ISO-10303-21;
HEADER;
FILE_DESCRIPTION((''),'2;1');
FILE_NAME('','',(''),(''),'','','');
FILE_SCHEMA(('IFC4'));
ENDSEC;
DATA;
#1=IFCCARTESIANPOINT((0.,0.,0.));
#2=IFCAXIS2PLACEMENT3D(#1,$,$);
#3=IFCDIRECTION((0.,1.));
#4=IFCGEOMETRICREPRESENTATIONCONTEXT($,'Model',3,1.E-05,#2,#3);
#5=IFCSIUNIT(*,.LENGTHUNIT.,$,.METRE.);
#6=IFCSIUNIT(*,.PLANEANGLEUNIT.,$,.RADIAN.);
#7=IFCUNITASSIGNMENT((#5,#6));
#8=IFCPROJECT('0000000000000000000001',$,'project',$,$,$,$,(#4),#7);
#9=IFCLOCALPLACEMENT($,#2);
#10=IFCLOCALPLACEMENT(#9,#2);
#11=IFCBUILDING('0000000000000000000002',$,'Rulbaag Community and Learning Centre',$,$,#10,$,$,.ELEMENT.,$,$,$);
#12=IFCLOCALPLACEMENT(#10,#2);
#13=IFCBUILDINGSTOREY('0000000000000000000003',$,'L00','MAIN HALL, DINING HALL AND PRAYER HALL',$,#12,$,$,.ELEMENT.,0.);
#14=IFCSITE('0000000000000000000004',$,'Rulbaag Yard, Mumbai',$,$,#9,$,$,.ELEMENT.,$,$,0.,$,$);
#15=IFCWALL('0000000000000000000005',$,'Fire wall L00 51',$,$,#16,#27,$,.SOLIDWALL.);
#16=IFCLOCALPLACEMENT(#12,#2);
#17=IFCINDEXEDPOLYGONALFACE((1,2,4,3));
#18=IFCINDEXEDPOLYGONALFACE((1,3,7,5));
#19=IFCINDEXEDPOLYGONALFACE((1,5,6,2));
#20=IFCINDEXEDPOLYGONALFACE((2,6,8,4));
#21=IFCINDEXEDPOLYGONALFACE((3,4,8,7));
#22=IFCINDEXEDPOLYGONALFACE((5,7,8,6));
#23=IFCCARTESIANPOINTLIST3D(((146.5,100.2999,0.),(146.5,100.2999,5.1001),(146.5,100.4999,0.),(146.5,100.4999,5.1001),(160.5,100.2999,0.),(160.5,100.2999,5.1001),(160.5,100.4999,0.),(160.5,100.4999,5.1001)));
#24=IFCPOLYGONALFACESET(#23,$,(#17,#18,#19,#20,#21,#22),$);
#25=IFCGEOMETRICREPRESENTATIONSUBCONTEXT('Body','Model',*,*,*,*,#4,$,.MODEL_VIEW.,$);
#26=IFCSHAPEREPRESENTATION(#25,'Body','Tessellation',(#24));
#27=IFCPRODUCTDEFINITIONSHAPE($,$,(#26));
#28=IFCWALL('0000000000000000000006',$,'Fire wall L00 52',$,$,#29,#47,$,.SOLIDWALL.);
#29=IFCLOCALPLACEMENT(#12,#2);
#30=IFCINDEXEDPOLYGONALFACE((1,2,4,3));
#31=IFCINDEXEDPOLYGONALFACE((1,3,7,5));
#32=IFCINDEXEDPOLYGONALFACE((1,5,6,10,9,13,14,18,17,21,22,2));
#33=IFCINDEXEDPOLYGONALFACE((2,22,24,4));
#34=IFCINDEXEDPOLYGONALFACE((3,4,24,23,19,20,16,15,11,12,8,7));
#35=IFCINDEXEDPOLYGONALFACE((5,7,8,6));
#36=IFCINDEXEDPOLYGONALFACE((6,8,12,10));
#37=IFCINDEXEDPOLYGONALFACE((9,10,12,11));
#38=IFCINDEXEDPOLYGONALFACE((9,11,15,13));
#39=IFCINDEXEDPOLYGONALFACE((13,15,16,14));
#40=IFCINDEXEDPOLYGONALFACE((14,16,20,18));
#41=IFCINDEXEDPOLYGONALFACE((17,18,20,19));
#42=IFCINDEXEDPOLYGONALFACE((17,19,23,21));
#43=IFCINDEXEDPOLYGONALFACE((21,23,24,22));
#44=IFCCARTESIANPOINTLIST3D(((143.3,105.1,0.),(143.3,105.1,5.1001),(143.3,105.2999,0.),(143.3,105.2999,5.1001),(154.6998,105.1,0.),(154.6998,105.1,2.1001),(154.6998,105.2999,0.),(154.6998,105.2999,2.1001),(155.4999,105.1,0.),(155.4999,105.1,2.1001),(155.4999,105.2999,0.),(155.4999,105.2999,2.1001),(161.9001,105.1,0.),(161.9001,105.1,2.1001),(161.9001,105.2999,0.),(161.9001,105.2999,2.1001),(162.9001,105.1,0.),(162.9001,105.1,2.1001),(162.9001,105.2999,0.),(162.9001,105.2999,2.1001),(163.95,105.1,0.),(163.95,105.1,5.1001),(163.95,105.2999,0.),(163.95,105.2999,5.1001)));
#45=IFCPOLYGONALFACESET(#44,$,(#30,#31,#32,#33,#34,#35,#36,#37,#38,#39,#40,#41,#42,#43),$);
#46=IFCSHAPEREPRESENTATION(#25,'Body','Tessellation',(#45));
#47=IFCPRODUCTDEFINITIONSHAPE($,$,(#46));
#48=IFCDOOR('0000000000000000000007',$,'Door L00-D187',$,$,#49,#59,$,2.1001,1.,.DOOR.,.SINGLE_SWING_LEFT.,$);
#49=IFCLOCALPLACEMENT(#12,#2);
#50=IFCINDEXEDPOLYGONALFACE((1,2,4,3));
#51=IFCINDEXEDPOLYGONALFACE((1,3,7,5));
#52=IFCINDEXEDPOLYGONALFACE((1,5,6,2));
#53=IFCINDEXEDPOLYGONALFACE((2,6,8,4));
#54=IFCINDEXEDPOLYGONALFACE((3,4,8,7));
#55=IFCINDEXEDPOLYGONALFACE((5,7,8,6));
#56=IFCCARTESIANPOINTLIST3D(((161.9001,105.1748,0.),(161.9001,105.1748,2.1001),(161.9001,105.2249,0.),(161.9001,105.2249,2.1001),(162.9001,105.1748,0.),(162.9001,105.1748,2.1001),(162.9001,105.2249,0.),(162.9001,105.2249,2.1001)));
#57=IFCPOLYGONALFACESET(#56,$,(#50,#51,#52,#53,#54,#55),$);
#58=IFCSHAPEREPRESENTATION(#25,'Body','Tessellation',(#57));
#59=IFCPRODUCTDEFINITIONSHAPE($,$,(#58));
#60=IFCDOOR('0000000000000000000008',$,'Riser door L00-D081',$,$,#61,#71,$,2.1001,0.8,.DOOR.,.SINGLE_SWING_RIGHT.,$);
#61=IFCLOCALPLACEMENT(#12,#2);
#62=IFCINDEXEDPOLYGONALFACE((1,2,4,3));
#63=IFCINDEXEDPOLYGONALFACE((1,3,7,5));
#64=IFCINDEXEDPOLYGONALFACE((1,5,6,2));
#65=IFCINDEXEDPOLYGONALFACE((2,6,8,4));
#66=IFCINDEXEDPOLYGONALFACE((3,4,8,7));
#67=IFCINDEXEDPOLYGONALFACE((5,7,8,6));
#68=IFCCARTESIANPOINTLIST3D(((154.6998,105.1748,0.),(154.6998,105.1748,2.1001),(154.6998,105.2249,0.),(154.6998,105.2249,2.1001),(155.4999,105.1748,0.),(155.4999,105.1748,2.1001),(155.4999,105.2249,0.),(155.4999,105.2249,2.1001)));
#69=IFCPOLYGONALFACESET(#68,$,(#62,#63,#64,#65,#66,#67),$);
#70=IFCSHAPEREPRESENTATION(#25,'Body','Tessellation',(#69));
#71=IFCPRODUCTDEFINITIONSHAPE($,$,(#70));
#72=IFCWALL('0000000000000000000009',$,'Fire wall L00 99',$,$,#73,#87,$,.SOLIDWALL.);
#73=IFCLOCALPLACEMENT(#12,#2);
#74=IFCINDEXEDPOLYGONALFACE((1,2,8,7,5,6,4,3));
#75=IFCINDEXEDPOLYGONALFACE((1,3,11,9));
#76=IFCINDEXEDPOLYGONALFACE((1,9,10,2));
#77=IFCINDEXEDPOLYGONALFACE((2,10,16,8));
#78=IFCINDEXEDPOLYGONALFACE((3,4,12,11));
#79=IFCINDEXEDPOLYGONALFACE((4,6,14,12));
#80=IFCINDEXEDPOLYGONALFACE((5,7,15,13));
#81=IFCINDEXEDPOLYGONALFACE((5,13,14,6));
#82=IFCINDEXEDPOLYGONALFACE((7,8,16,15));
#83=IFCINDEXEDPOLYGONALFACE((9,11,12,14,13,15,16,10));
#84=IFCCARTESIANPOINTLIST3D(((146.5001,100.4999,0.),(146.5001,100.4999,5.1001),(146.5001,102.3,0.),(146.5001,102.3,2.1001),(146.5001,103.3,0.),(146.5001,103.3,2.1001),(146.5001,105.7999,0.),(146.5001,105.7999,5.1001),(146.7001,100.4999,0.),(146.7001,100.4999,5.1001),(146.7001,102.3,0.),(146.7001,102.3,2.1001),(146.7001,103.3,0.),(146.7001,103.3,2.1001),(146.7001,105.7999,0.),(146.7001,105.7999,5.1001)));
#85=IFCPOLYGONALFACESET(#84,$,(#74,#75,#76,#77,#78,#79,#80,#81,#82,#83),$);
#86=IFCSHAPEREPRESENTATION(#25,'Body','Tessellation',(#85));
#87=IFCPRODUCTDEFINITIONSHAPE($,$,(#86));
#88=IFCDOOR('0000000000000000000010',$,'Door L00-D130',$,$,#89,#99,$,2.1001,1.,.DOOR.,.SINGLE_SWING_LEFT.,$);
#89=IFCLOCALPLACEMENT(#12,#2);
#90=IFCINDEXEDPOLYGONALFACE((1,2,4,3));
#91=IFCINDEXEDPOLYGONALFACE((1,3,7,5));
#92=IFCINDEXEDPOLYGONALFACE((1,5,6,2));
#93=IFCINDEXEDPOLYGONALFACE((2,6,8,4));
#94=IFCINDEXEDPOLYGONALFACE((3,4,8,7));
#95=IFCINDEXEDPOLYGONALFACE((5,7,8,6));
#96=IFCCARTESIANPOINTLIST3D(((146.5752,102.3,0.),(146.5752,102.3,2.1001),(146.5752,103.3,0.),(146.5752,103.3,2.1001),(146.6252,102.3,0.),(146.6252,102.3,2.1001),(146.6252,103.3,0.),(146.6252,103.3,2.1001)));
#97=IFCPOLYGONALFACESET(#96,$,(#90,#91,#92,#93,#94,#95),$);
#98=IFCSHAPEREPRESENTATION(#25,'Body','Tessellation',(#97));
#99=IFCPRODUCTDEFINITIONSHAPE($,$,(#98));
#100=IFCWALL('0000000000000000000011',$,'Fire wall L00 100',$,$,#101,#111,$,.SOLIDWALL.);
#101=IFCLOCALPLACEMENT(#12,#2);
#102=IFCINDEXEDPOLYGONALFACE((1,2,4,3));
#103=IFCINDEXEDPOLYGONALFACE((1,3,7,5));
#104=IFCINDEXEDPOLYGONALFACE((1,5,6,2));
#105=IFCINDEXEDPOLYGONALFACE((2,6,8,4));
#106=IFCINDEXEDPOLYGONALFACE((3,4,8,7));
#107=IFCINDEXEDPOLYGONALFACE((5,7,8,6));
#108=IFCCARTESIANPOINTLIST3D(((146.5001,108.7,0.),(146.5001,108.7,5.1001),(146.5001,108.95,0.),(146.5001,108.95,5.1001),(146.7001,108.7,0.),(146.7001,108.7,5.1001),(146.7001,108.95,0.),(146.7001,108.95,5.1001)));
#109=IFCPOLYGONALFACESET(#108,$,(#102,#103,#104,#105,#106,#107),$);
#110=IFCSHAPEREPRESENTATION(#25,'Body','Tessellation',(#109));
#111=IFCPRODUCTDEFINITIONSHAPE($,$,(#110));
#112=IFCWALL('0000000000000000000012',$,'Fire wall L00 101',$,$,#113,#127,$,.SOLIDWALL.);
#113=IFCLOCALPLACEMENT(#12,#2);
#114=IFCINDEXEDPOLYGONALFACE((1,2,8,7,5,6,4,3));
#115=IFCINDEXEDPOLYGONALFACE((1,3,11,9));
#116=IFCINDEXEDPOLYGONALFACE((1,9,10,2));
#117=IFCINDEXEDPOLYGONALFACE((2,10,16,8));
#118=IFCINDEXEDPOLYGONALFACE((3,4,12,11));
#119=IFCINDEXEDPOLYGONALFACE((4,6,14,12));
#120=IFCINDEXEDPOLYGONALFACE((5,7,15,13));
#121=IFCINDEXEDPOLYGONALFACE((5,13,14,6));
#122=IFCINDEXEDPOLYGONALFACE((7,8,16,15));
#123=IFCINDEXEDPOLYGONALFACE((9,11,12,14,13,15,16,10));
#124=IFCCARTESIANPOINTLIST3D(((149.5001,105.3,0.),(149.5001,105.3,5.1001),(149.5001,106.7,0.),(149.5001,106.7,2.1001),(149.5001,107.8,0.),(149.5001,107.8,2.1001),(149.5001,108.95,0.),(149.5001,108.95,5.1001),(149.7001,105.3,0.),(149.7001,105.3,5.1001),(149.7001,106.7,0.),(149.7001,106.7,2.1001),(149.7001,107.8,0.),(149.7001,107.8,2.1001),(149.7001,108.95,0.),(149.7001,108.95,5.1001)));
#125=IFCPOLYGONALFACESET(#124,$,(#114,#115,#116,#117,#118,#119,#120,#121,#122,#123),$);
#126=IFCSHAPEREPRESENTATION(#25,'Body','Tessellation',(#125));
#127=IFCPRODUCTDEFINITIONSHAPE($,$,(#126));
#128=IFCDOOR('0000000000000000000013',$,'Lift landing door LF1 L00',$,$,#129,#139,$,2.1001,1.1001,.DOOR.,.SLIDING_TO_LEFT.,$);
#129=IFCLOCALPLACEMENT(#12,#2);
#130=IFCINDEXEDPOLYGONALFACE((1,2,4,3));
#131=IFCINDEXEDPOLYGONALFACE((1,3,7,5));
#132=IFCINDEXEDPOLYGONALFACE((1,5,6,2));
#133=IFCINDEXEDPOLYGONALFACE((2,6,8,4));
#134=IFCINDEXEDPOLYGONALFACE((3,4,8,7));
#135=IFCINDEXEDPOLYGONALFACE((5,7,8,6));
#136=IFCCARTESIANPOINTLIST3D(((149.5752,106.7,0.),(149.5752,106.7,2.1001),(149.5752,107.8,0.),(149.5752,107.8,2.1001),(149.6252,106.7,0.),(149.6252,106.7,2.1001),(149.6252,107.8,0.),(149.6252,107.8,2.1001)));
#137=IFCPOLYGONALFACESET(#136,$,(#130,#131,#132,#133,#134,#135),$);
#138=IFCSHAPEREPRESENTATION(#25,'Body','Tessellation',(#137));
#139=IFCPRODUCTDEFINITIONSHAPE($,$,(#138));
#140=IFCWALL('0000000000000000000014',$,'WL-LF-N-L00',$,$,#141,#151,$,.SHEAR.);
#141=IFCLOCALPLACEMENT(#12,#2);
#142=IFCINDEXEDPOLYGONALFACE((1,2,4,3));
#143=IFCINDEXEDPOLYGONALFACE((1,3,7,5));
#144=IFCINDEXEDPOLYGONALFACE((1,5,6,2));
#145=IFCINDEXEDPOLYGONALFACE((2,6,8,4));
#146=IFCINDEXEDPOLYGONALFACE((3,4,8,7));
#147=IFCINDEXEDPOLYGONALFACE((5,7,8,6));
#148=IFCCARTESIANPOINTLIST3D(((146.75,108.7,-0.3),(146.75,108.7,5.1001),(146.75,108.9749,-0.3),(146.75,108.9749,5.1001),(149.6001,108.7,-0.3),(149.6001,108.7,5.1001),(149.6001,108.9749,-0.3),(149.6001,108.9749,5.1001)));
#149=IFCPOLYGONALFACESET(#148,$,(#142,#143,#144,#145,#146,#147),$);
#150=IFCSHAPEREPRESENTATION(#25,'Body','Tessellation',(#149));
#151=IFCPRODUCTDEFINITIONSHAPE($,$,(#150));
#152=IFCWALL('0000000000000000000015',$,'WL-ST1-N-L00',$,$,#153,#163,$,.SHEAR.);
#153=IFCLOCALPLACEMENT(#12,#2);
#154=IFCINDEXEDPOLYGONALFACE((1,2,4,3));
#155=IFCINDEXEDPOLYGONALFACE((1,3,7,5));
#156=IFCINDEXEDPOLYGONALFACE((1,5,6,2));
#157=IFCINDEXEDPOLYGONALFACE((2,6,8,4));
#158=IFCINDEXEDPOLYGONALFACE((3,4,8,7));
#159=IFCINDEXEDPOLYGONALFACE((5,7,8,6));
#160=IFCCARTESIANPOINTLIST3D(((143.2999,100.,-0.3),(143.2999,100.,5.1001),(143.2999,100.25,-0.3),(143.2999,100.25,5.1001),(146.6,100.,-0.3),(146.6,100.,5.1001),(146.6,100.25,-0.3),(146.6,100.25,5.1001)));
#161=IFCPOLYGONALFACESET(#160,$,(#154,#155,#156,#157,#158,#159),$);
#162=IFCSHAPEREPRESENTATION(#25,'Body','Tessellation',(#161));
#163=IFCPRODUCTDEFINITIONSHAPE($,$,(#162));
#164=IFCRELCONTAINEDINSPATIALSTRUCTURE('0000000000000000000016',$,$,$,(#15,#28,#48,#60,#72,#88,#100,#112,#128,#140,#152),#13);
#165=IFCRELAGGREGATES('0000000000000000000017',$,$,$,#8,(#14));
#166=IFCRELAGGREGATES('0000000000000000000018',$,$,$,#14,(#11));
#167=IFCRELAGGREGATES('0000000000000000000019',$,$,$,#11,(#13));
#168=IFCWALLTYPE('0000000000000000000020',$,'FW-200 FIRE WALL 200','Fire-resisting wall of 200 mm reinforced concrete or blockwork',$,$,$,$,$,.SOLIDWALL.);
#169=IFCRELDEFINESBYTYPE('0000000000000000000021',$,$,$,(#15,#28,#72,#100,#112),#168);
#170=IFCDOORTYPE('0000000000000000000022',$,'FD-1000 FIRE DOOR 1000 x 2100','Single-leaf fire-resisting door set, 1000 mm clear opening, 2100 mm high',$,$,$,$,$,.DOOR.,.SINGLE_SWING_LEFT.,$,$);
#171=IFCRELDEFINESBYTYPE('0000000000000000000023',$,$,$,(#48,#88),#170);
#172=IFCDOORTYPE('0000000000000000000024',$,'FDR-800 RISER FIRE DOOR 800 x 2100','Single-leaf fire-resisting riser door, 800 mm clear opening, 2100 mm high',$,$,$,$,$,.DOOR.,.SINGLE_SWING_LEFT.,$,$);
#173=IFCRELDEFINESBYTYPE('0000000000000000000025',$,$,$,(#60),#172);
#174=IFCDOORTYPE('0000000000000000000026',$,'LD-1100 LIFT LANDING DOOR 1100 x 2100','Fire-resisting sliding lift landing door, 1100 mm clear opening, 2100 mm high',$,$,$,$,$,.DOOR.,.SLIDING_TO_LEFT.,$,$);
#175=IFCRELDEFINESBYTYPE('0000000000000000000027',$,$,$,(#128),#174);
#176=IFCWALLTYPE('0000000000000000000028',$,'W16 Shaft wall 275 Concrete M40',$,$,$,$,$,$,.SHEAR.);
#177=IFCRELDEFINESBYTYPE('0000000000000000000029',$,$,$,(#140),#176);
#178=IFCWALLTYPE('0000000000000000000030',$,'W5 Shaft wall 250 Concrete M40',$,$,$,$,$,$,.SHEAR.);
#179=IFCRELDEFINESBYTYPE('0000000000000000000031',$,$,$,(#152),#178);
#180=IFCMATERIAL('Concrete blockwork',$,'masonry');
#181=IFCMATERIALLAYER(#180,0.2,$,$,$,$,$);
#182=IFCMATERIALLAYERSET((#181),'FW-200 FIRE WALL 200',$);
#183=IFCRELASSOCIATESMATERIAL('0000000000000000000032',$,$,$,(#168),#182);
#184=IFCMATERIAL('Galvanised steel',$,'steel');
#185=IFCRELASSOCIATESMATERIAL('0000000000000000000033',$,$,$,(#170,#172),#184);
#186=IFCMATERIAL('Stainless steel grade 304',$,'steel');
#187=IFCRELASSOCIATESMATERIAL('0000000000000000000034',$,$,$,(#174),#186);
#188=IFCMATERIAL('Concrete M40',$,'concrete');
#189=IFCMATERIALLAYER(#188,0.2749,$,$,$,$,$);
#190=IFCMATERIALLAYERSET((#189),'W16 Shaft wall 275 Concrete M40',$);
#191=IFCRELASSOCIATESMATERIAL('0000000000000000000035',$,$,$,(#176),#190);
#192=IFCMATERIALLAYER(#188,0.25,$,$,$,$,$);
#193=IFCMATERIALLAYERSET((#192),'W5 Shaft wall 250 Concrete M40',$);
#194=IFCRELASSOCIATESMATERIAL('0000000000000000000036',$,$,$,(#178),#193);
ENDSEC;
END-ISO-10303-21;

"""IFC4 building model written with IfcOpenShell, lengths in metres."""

from ifc_helpers import new_model, si_unit, direction, frame, frame_2d, origin, place, context, subcontext, project, spatial, rectangle, extrude, material, layer, layer_set, type_object, element, fill, save


model = new_model("IFC4")

# Units and contexts
model_context = context("Model", 3, precision=1e-05, world=origin(), true_north=direction((0.0, 1.0)))
body_context = subcontext(model_context, "Body", "Model", "MODEL_VIEW")
ifc_project = project(units=[si_unit("LENGTHUNIT", "METRE"), si_unit("PLANEANGLEUNIT", "RADIAN")], contexts=[model_context])

# Site, building, storey
site_placement = place(None, origin())
site = spatial("IfcSite", under=ifc_project, at=site_placement, Name="Rulbaag Yard, Mumbai", CompositionType="ELEMENT", RefElevation=0.0)
building_placement = place(site_placement, origin())
building = spatial("IfcBuilding", under=site, at=building_placement, Name="Rulbaag Community and Learning Centre", CompositionType="ELEMENT")
storey_placement = place(building_placement, origin())
storey = spatial("IfcBuildingStorey", under=building, at=storey_placement, Name="L00", Description="MAIN HALL, DINING HALL AND PRAYER HALL", CompositionType="ELEMENT", Elevation=0.0)

# Wall
ifc_material_1 = material(Name="Concrete blockwork", Category="masonry")
ifc_layer_1 = layer(ifc_material_1, 0.2)
ifc_layer_set_1 = layer_set([ifc_layer_1], Name="FW-200 FIRE WALL 200")
wall_type_1 = type_object("IfcWallType", Name="FW-200 FIRE WALL 200", Description="Fire-resisting wall of 200 mm reinforced concrete or blockwork", PredefinedType="SOLIDWALL", material=ifc_layer_set_1)
wall_1_placement = place(storey_placement, frame((146.5, 100.3999, 0.0), z_axis=(0.0, 0.0, 1.0), x_axis=(1.0, 0.0, 0.0)))
element("IfcWall", 1, at=wall_1_placement, inside=storey, type_object=wall_type_1, Name="Fire wall L00 51", PredefinedType="SOLIDWALL", context=body_context, shape_type="SweptSolid", body=[
    extrude(rectangle(XDim=14.0, YDim=0.2, at=frame_2d((7.0, 0.0))), origin(), (0.0, 0.0, 1.0), 5.1001),
])

# Wall, openings, doors
wall_2_placement = place(storey_placement, frame((143.3, 105.2, 0.0), z_axis=(0.0, 0.0, 1.0), x_axis=(1.0, 0.0, 0.0)))
wall_2 = element("IfcWall", 2, at=wall_2_placement, inside=storey, type_object=wall_type_1, Name="Fire wall L00 52", PredefinedType="SOLIDWALL", context=body_context, shape_type="SweptSolid", body=[
    extrude(rectangle(XDim=20.6499, YDim=0.2, at=frame_2d((10.325, 0.0))), origin(), (0.0, 0.0, 1.0), 5.1001),
])
opening_1_placement = place(wall_2_placement, frame((11.3999, 0.0, 0.0)))
opening_1 = element("IfcOpeningElement", 3, at=opening_1_placement, cuts=wall_2, PredefinedType="OPENING", context=body_context, shape_type="SweptSolid", body=[
    extrude(rectangle(XDim=0.8, YDim=2.1001, at=frame_2d((0.3999, 1.05))), frame((0.0, 0.1099, 0.0), z_axis=(0.0, -1.0, 0.0), x_axis=(1.0, 0.0, 0.0)), (0.0, 0.0, 1.0), 0.22),
])
opening_2_placement = place(wall_2_placement, frame((18.6001, 0.0, 0.0)))
opening_2 = element("IfcOpeningElement", 4, at=opening_2_placement, cuts=wall_2, PredefinedType="OPENING", context=body_context, shape_type="SweptSolid", body=[
    extrude(rectangle(XDim=1.0, YDim=2.1001, at=frame_2d((0.5, 1.05))), frame((0.0, 0.1099, 0.0), z_axis=(0.0, -1.0, 0.0), x_axis=(1.0, 0.0, 0.0)), (0.0, 0.0, 1.0), 0.22),
])
ifc_material_2 = material(Name="Galvanised steel", Category="steel")
door_type_1 = type_object("IfcDoorType", Name="FD-1000 FIRE DOOR 1000 x 2100", Description="Single-leaf fire-resisting door set, 1000 mm clear opening, 2100 mm high", OperationType="SINGLE_SWING_LEFT", PredefinedType="DOOR", material=ifc_material_2)
door_1_placement = place(opening_2_placement, origin())
door_1 = element("IfcDoor", 5, at=door_1_placement, inside=storey, type_object=door_type_1, Name="Door L00-D187", OperationType="SINGLE_SWING_LEFT", OverallHeight=2.1001, OverallWidth=1.0, PredefinedType="DOOR", context=body_context, shape_type="SweptSolid", body=[
    extrude(rectangle(XDim=1.0, YDim=2.1001, at=frame_2d((0.5, 1.05))), frame((0.0, 0.0249, 0.0), z_axis=(0.0, -1.0, 0.0), x_axis=(1.0, 0.0, 0.0)), (0.0, 0.0, 1.0), 0.05),
])
fill(opening_2, door_1)
door_type_2 = type_object("IfcDoorType", Name="FDR-800 RISER FIRE DOOR 800 x 2100", Description="Single-leaf fire-resisting riser door, 800 mm clear opening, 2100 mm high", OperationType="SINGLE_SWING_LEFT", PredefinedType="DOOR", material=ifc_material_2)
door_2_placement = place(opening_1_placement, origin())
door_2 = element("IfcDoor", 6, at=door_2_placement, inside=storey, type_object=door_type_2, Name="Riser door L00-D081", OperationType="SINGLE_SWING_RIGHT", OverallHeight=2.1001, OverallWidth=0.8, PredefinedType="DOOR", context=body_context, shape_type="SweptSolid", body=[
    extrude(rectangle(XDim=0.8, YDim=2.1001, at=frame_2d((0.3999, 1.05))), frame((0.0, 0.0249, 0.0), z_axis=(0.0, -1.0, 0.0), x_axis=(1.0, 0.0, 0.0)), (0.0, 0.0, 1.0), 0.05),
])
fill(opening_1, door_2)

# Wall, opening, door
wall_3_placement = place(storey_placement, frame((146.6001, 100.5, 0.0), z_axis=(0.0, 0.0, 1.0), x_axis=(0.0, 1.0, 0.0)))
wall_3 = element("IfcWall", 7, at=wall_3_placement, inside=storey, type_object=wall_type_1, Name="Fire wall L00 99", PredefinedType="SOLIDWALL", context=body_context, shape_type="SweptSolid", body=[
    extrude(rectangle(XDim=5.3, YDim=0.2, at=frame_2d((2.6499, 0.0))), origin(), (0.0, 0.0, 1.0), 5.1001),
])
opening_3_placement = place(wall_3_placement, frame((1.8, 0.0, 0.0)))
opening_3 = element("IfcOpeningElement", 8, at=opening_3_placement, cuts=wall_3, PredefinedType="OPENING", context=body_context, shape_type="SweptSolid", body=[
    extrude(rectangle(XDim=1.0, YDim=2.1001, at=frame_2d((0.5, 1.05))), frame((0.0, 0.1099, 0.0), z_axis=(0.0, -1.0, 0.0), x_axis=(1.0, 0.0, 0.0)), (0.0, 0.0, 1.0), 0.22),
])
door_3_placement = place(opening_3_placement, origin())
door_3 = element("IfcDoor", 9, at=door_3_placement, inside=storey, type_object=door_type_1, Name="Door L00-D130", OperationType="SINGLE_SWING_LEFT", OverallHeight=2.1001, OverallWidth=1.0, PredefinedType="DOOR", context=body_context, shape_type="SweptSolid", body=[
    extrude(rectangle(XDim=1.0, YDim=2.1001, at=frame_2d((0.5, 1.05))), frame((0.0, 0.0249, 0.0), z_axis=(0.0, -1.0, 0.0), x_axis=(1.0, 0.0, 0.0)), (0.0, 0.0, 1.0), 0.05),
])
fill(opening_3, door_3)

# Wall
wall_4_placement = place(storey_placement, frame((146.6001, 108.7, 0.0), z_axis=(0.0, 0.0, 1.0), x_axis=(0.0, 1.0, 0.0)))
element("IfcWall", 10, at=wall_4_placement, inside=storey, type_object=wall_type_1, Name="Fire wall L00 100", PredefinedType="SOLIDWALL", context=body_context, shape_type="SweptSolid", body=[
    extrude(rectangle(XDim=0.25, YDim=0.2, at=frame_2d((0.125, 0.0))), origin(), (0.0, 0.0, 1.0), 5.1001),
])

# Wall, opening, door
wall_5_placement = place(storey_placement, frame((149.6001, 105.3, 0.0), z_axis=(0.0, 0.0, 1.0), x_axis=(0.0, 1.0, 0.0)))
wall_5 = element("IfcWall", 11, at=wall_5_placement, inside=storey, type_object=wall_type_1, Name="Fire wall L00 101", PredefinedType="SOLIDWALL", context=body_context, shape_type="SweptSolid", body=[
    extrude(rectangle(XDim=3.6499, YDim=0.2, at=frame_2d((1.825, 0.0))), origin(), (0.0, 0.0, 1.0), 5.1001),
])
opening_4_placement = place(wall_5_placement, frame((1.3999, 0.0, 0.0)))
opening_4 = element("IfcOpeningElement", 12, at=opening_4_placement, cuts=wall_5, PredefinedType="OPENING", context=body_context, shape_type="SweptSolid", body=[
    extrude(rectangle(XDim=1.1001, YDim=2.1001, at=frame_2d((0.55, 1.05))), frame((0.0, 0.1099, 0.0), z_axis=(0.0, -1.0, 0.0), x_axis=(1.0, 0.0, 0.0)), (0.0, 0.0, 1.0), 0.22),
])
ifc_material_3 = material(Name="Stainless steel grade 304", Category="steel")
door_type_3 = type_object("IfcDoorType", Name="LD-1100 LIFT LANDING DOOR 1100 x 2100", Description="Fire-resisting sliding lift landing door, 1100 mm clear opening, 2100 mm high", OperationType="SLIDING_TO_LEFT", PredefinedType="DOOR", material=ifc_material_3)
door_4_placement = place(opening_4_placement, origin())
door_4 = element("IfcDoor", 13, at=door_4_placement, inside=storey, type_object=door_type_3, Name="Lift landing door LF1 L00", OperationType="SLIDING_TO_LEFT", OverallHeight=2.1001, OverallWidth=1.1001, PredefinedType="DOOR", context=body_context, shape_type="SweptSolid", body=[
    extrude(rectangle(XDim=1.1001, YDim=2.1001, at=frame_2d((0.55, 1.05))), frame((0.0, 0.0249, 0.0), z_axis=(0.0, -1.0, 0.0), x_axis=(1.0, 0.0, 0.0)), (0.0, 0.0, 1.0), 0.05),
])
fill(opening_4, door_4)

# Walls
ifc_material_4 = material(Name="Concrete M40", Category="concrete")
ifc_layer_2 = layer(ifc_material_4, 0.2749)
ifc_layer_set_2 = layer_set([ifc_layer_2], Name="W16 Shaft wall 275 Concrete M40")
wall_type_2 = type_object("IfcWallType", Name="W16 Shaft wall 275 Concrete M40", PredefinedType="SHEAR", material=ifc_layer_set_2)
wall_6_placement = place(storey_placement, frame((146.75, 108.8374, -0.3), z_axis=(0.0, 0.0, 1.0), x_axis=(1.0, 0.0, 0.0)))
element("IfcWall", 14, at=wall_6_placement, inside=storey, type_object=wall_type_2, Name="WL-LF-N-L00", PredefinedType="SHEAR", context=body_context, shape_type="SweptSolid", body=[
    extrude(rectangle(XDim=2.8501, YDim=0.2749, at=frame_2d((1.425, 0.0))), origin(), (0.0, 0.0, 1.0), 5.4001),
])
ifc_layer_3 = layer(ifc_material_4, 0.25)
ifc_layer_set_3 = layer_set([ifc_layer_3], Name="W5 Shaft wall 250 Concrete M40")
wall_type_3 = type_object("IfcWallType", Name="W5 Shaft wall 250 Concrete M40", PredefinedType="SHEAR", material=ifc_layer_set_3)
wall_7_placement = place(storey_placement, frame((143.3, 100.125, -0.3), z_axis=(0.0, 0.0, 1.0), x_axis=(1.0, 0.0, 0.0)))
element("IfcWall", 15, at=wall_7_placement, inside=storey, type_object=wall_type_3, Name="WL-ST1-N-L00", PredefinedType="SHEAR", context=body_context, shape_type="SweptSolid", body=[
    extrude(rectangle(XDim=3.3, YDim=0.25, at=frame_2d((1.6499, 0.0))), origin(), (0.0, 0.0, 1.0), 5.4001),
])

save(model, "model.ifc")
